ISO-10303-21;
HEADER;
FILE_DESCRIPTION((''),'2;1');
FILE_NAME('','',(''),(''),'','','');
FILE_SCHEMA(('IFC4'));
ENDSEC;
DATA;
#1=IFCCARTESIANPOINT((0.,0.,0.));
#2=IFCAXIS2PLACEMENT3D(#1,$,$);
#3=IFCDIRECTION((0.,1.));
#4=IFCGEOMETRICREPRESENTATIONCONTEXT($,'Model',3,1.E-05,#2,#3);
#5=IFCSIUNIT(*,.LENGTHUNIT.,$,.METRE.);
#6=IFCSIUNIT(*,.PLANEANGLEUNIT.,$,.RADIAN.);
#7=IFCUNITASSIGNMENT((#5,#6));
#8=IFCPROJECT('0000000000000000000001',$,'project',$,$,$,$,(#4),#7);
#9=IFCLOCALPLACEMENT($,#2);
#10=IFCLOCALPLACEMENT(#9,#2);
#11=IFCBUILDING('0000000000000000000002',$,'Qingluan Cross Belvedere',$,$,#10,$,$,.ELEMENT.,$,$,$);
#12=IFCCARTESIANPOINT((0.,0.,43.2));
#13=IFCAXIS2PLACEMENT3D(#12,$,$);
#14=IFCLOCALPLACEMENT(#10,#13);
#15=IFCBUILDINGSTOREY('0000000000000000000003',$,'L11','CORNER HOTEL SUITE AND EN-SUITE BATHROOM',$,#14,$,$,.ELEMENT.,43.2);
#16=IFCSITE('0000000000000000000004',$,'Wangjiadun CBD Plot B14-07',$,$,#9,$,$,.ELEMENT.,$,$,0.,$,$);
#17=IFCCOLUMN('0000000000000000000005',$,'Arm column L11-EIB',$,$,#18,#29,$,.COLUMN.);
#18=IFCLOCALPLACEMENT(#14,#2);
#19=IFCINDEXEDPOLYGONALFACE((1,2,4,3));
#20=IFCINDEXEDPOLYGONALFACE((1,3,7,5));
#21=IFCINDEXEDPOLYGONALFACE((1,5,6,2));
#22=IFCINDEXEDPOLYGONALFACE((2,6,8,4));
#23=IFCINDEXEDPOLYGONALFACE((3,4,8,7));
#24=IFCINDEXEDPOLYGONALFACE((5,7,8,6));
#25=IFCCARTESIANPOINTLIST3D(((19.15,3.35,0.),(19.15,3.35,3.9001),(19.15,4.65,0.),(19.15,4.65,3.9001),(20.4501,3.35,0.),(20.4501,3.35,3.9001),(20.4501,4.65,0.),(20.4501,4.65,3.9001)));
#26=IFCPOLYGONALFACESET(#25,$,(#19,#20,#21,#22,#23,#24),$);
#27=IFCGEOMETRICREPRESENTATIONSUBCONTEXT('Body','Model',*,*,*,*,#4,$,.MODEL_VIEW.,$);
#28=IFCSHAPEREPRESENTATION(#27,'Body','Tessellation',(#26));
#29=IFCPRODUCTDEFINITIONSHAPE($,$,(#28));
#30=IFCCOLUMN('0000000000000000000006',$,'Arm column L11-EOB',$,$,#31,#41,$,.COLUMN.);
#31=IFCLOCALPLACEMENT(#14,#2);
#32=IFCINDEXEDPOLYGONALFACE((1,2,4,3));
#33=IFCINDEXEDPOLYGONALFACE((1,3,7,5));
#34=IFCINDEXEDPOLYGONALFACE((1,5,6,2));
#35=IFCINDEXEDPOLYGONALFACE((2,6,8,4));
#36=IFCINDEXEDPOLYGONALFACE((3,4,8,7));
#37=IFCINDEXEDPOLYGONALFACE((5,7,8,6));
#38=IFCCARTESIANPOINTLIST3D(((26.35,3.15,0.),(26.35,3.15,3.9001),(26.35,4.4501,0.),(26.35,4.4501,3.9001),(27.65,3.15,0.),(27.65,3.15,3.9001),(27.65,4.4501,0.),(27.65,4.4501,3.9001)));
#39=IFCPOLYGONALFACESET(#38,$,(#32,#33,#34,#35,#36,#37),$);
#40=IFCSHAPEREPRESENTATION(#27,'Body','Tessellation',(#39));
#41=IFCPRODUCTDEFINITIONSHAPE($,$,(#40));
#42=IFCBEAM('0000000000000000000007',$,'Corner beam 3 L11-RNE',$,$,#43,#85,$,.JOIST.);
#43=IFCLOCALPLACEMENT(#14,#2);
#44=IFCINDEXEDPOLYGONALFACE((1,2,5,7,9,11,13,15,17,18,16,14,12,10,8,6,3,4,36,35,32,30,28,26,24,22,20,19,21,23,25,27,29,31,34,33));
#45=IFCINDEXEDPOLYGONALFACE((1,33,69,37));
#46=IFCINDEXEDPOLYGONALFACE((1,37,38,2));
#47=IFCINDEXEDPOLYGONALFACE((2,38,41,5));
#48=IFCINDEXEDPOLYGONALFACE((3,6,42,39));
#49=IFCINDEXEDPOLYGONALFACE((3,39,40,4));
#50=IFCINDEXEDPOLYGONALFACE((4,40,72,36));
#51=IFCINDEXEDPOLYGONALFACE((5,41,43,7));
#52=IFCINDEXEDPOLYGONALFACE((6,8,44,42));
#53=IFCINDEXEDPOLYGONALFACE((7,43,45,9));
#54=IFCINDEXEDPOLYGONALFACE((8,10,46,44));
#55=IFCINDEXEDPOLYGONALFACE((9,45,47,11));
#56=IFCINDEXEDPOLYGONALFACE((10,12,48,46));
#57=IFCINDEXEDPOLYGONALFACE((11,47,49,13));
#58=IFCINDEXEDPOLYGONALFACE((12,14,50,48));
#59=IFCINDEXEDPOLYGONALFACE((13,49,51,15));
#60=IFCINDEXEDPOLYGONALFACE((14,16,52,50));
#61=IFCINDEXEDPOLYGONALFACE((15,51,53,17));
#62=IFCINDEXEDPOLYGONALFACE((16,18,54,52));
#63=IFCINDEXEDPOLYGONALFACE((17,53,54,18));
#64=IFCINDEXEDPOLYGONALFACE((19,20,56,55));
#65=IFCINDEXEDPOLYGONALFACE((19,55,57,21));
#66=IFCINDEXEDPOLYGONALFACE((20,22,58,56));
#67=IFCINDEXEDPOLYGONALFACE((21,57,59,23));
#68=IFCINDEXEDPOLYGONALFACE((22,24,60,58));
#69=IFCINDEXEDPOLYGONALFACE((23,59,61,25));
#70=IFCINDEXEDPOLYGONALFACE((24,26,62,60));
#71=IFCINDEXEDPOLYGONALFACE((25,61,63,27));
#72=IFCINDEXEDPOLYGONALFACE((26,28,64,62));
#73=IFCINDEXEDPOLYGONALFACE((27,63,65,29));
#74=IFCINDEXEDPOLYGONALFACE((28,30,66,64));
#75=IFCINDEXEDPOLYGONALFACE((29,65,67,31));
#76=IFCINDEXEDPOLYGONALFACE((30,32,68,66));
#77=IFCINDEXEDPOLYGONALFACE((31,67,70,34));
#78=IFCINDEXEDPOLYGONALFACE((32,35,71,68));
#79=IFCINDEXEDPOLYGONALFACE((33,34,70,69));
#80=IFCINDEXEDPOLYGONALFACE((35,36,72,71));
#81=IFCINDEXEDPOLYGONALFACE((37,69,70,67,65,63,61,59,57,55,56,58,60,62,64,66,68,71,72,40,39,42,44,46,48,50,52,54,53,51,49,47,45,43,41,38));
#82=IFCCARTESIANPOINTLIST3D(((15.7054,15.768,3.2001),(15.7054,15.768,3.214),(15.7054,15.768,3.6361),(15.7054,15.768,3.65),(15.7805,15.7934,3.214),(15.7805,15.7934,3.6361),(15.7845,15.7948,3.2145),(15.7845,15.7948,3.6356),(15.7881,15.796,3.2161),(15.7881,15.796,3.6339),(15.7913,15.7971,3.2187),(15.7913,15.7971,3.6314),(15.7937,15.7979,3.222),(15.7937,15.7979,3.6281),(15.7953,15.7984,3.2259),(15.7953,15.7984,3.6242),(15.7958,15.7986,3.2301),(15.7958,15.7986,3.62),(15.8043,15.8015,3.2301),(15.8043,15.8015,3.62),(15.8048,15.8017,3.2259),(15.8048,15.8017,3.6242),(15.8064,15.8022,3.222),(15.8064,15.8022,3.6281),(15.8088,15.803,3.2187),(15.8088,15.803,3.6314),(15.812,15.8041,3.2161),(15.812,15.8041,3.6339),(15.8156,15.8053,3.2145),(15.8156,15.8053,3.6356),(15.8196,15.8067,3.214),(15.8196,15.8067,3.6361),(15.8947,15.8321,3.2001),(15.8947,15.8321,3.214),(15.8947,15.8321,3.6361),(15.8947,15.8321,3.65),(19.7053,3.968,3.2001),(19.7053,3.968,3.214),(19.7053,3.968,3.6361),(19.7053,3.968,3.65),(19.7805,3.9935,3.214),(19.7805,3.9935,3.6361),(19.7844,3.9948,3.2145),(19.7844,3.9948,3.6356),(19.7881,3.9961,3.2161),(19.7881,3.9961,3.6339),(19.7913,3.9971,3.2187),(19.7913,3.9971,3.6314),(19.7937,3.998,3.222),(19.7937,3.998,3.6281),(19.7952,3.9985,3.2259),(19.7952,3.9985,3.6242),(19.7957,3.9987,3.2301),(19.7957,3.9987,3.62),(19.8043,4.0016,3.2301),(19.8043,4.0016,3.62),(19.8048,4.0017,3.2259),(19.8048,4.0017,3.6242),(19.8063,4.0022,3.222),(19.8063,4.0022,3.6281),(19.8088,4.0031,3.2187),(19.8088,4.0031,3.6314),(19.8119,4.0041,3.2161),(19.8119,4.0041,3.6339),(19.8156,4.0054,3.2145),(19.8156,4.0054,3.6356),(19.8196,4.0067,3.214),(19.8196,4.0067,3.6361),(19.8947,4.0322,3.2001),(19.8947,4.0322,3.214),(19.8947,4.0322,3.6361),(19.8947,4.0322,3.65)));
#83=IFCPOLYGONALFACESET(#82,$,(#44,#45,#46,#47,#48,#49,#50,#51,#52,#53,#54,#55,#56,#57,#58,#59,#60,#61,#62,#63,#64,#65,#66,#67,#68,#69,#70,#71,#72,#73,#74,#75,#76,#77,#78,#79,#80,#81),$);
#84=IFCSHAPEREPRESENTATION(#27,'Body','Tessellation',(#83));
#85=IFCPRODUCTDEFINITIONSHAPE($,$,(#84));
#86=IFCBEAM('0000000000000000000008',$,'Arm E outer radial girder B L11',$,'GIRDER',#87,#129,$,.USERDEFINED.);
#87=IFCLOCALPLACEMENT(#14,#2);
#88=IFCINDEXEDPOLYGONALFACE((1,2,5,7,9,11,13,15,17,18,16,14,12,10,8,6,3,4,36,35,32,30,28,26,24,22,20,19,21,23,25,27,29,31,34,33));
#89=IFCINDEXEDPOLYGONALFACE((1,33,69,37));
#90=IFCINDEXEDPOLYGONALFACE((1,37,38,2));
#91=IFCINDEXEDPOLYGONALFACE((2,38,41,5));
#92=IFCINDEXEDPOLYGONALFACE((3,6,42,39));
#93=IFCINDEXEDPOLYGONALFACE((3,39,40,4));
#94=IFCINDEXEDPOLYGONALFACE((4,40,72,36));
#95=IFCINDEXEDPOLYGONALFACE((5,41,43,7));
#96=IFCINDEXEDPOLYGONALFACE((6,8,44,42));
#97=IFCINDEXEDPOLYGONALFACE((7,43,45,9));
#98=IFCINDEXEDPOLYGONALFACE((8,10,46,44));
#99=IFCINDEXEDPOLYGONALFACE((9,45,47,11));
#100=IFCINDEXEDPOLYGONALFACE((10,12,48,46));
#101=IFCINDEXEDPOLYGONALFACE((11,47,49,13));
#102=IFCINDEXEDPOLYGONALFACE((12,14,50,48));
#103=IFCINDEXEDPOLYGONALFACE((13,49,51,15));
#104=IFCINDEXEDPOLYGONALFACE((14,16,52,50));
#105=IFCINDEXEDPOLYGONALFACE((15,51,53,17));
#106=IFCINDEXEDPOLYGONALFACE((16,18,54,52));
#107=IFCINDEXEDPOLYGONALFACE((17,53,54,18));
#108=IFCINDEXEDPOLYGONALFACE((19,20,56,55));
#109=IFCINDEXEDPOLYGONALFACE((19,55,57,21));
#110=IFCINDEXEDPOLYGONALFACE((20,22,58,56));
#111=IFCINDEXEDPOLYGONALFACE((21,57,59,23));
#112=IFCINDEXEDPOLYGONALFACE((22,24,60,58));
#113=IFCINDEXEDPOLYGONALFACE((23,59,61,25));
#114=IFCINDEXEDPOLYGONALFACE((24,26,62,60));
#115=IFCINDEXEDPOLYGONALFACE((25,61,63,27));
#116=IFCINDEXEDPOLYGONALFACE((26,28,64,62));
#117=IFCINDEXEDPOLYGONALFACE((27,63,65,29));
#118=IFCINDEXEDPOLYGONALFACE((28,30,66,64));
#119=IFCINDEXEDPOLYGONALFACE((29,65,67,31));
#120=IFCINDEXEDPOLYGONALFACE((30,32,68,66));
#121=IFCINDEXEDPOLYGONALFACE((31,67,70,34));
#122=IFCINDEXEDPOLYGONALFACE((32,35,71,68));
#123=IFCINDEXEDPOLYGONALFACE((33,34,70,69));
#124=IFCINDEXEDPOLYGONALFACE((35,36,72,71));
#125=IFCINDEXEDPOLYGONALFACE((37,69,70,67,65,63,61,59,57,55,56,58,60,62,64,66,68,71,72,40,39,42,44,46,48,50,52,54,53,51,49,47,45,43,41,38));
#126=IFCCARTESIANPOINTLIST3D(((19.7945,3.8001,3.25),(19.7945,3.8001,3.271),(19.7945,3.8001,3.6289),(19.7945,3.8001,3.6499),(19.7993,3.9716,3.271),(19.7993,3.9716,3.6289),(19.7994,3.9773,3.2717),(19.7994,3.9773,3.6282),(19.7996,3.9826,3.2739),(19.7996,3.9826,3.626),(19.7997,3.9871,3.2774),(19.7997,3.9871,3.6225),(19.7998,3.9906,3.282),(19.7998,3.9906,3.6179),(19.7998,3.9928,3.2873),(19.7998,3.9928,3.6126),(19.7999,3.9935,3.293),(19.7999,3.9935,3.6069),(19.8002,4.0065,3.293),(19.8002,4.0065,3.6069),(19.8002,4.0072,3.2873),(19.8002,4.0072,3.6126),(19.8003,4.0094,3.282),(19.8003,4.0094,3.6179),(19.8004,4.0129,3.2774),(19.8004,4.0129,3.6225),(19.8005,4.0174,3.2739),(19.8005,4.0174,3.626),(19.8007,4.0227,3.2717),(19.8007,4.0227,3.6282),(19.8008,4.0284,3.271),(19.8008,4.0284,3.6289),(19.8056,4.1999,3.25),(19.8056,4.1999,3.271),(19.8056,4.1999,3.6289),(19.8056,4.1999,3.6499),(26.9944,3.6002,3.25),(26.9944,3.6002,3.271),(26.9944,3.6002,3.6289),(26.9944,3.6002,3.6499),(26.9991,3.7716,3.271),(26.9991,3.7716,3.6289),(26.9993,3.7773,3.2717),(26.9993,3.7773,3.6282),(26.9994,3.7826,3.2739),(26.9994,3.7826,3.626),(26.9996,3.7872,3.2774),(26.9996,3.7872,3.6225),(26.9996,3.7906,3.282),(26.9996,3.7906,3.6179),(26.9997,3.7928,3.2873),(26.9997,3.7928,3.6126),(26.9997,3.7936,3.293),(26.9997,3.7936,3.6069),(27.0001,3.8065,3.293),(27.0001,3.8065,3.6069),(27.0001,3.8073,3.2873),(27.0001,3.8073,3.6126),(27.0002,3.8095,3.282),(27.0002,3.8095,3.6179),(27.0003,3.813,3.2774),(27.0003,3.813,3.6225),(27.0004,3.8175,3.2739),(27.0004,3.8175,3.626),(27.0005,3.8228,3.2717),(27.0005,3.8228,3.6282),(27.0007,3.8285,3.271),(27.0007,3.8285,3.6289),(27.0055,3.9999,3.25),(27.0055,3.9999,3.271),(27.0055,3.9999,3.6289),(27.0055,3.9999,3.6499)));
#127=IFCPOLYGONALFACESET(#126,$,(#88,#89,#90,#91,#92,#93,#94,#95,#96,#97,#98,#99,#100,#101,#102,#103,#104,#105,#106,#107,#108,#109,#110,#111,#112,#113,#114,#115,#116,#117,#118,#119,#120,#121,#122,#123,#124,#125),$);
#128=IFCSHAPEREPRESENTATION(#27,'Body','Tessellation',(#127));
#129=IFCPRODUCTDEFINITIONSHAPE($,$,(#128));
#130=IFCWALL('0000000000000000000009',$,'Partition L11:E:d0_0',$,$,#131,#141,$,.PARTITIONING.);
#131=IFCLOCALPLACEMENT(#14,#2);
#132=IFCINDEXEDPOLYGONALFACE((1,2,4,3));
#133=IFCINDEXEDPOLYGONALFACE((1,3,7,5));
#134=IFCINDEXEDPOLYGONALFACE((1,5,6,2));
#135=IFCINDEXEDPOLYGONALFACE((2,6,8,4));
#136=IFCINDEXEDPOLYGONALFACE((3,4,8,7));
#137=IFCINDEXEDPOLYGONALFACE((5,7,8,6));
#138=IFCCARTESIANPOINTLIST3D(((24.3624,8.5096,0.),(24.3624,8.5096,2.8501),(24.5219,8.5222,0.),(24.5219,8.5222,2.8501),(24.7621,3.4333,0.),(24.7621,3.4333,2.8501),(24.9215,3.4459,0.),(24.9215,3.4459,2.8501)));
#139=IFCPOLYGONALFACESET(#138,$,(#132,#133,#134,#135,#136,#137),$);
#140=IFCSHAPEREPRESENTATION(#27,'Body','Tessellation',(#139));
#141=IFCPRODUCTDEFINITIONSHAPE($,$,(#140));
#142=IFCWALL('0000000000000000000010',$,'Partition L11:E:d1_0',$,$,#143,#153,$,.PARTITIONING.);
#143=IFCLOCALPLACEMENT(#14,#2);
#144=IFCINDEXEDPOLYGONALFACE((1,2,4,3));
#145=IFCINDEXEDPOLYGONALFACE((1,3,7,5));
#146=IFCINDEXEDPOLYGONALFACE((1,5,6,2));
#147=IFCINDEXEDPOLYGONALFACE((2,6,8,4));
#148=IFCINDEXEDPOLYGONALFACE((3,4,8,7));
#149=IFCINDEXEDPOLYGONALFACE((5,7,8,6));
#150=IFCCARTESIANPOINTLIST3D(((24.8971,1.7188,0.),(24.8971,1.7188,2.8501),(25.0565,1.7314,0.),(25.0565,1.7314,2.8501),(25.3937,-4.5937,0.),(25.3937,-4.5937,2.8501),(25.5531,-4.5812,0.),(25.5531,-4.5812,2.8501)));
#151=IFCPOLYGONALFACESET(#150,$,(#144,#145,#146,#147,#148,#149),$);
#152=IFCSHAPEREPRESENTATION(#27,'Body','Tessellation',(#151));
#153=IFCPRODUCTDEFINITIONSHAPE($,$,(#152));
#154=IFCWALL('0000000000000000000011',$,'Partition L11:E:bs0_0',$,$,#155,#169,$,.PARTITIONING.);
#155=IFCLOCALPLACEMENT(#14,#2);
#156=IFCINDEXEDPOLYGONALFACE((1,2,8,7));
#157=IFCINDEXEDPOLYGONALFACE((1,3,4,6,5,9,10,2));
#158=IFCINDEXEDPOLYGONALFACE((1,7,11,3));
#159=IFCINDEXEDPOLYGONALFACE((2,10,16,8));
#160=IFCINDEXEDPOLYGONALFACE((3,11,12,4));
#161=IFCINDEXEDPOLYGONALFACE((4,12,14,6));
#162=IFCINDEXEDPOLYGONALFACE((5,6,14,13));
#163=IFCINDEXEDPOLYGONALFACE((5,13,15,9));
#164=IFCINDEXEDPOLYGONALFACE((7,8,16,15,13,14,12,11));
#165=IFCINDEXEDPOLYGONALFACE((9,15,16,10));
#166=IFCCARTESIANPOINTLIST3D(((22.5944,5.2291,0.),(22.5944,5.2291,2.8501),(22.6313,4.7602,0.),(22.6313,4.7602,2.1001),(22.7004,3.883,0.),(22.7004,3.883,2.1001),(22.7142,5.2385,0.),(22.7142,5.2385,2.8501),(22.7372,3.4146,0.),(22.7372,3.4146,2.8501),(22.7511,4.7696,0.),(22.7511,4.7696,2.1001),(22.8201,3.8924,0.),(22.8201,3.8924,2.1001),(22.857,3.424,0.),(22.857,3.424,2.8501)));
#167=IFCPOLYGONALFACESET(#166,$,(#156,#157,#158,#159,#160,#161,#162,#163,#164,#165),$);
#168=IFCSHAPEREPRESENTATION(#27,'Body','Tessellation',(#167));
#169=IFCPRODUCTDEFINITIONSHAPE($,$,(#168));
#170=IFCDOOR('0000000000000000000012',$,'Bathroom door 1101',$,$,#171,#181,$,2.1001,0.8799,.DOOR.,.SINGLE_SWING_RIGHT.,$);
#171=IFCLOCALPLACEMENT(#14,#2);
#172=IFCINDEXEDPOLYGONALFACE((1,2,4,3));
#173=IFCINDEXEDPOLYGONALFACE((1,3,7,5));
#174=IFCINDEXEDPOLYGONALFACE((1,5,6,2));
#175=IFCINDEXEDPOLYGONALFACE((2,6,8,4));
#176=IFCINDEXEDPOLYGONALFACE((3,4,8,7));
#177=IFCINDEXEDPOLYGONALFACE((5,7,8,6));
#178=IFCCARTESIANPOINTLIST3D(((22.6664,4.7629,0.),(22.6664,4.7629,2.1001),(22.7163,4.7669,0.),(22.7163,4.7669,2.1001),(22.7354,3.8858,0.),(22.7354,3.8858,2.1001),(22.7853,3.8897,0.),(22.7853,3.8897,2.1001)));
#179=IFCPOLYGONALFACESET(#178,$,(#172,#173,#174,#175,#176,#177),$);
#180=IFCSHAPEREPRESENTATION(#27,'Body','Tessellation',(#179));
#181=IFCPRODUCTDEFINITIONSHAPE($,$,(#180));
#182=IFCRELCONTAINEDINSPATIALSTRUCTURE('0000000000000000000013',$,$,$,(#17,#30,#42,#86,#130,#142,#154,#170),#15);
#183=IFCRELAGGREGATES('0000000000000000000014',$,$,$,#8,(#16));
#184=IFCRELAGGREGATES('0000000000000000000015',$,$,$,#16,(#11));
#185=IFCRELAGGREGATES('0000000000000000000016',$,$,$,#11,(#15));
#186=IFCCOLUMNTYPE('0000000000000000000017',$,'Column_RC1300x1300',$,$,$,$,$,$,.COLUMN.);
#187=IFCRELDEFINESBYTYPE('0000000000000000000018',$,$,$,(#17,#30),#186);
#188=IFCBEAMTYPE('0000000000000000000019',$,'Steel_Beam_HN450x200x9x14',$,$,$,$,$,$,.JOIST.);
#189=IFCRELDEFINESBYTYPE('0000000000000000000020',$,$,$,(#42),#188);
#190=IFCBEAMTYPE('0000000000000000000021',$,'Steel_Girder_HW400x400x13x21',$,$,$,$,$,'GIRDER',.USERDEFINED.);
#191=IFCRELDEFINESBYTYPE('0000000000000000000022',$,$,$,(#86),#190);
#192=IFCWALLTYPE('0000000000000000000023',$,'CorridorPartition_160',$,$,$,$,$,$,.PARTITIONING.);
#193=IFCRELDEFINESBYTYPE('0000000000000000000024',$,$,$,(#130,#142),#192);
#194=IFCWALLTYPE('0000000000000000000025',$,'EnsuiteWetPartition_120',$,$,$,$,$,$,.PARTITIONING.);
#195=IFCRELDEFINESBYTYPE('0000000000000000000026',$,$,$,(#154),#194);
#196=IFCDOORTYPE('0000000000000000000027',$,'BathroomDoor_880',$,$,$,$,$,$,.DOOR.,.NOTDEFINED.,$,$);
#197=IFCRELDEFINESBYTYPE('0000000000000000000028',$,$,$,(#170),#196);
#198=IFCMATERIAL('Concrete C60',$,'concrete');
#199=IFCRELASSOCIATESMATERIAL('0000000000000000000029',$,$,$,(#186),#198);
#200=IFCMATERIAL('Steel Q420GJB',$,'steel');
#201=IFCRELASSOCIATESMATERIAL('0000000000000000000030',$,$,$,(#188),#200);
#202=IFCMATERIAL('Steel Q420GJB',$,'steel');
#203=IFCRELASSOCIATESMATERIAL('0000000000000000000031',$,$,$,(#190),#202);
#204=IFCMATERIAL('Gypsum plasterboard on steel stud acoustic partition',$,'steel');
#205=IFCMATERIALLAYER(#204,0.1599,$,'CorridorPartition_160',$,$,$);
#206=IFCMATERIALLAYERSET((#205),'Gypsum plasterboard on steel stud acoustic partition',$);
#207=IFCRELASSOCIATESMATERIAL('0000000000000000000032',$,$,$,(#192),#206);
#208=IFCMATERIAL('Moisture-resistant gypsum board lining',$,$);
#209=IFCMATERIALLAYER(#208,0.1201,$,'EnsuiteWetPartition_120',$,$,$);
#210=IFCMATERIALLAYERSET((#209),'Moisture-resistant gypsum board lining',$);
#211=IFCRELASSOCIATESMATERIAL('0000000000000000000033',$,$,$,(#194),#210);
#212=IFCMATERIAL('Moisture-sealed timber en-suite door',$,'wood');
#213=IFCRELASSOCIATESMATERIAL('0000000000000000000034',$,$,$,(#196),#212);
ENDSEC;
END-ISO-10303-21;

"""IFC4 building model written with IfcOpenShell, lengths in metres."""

from ifc_helpers import new_model, si_unit, direction, frame, frame_2d, origin, origin_2d, place, context, subcontext, project, spatial, rectangle, i_section, extrude, material, layer, layer_set, material_profile, profile_set, type_object, element, fill, save


model = new_model("IFC4")

# Units and contexts
model_context = context("Model", 3, precision=1e-05, world=origin(), true_north=direction((0.0, 1.0)))
body_context = subcontext(model_context, "Body", "Model", "MODEL_VIEW")
ifc_project = project(units=[si_unit("LENGTHUNIT", "METRE"), si_unit("PLANEANGLEUNIT", "RADIAN")], contexts=[model_context])

# Site, building, storey
site_placement = place(None, origin())
site = spatial("IfcSite", under=ifc_project, at=site_placement, Name="Wangjiadun CBD Plot B14-07", CompositionType="ELEMENT", RefElevation=0.0)
building_placement = place(site_placement, origin())
building = spatial("IfcBuilding", under=site, at=building_placement, Name="Qingluan Cross Belvedere", CompositionType="ELEMENT")
storey_placement = place(building_placement, frame((0.0, 0.0, 43.2)))
storey = spatial("IfcBuildingStorey", under=building, at=storey_placement, Name="L11", Description="CORNER HOTEL SUITE AND EN-SUITE BATHROOM", CompositionType="ELEMENT", Elevation=43.2)

# Columns
ifc_material_1 = material(Name="Concrete C60", Category="concrete")
ifc_material_profile_1 = material_profile(ifc_material_1, rectangle(XDim=1.3, YDim=1.3, at=origin_2d()), Name="RC1300x1300")
ifc_profile_set_1 = profile_set([ifc_material_profile_1], Name="Concrete C60")
column_type = type_object("IfcColumnType", Name="Column_RC1300x1300", PredefinedType="COLUMN", material=ifc_profile_set_1)
for number, where, z_axis, x_axis, name in (
    (1, (19.8, 4.0, 0.0), (0.0, 0.0, 1.0), (1.0, 0.0, 0.0), "Arm column L11-EIB"),
    (2, (27.0, 3.8, 0.0), (0.0, 0.0, 1.0), (1.0, 0.0, 0.0), "Arm column L11-EOB"),
):
    element("IfcColumn", number, at=place(storey_placement, frame(where, z_axis=z_axis, x_axis=x_axis)), inside=storey, type_object=column_type, Name=name, PredefinedType="COLUMN", context=body_context, shape_type="SweptSolid", body=[
        extrude(rectangle(XDim=1.3, YDim=1.3, at=origin_2d()), origin(), (0.0, 0.0, 1.0), 3.9001),
    ])

# Beams
ifc_material_2 = material(Name="Steel Q420GJB", Category="steel")
ifc_material_profile_2 = material_profile(ifc_material_2, i_section(OverallWidth=0.2, OverallDepth=0.45, WebThickness=0.009, FlangeThickness=0.0139, FilletRadius=0.0161, at=origin_2d()), Name="HN450x200x9x14")
ifc_profile_set_2 = profile_set([ifc_material_profile_2], Name="Steel Q420GJB")
beam_type_1 = type_object("IfcBeamType", Name="Steel_Beam_HN450x200x9x14", PredefinedType="JOIST", material=ifc_profile_set_2)
beam_1_placement = place(storey_placement, frame((15.8, 15.8, 3.425), z_axis=(0.321038, -0.947066, 0.0), x_axis=(0.947066, 0.321038, 0.0)))
element("IfcBeam", 3, at=beam_1_placement, inside=storey, type_object=beam_type_1, Name="Corner beam 3 L11-RNE", PredefinedType="JOIST", context=body_context, shape_type="SweptSolid", body=[
    extrude(i_section(OverallWidth=0.2, OverallDepth=0.45, WebThickness=0.009, FlangeThickness=0.0139, FilletRadius=0.0161, at=origin_2d()), origin(), (0.0, 0.0, 1.0), 12.4595),
])
ifc_material_3 = material(Name="Steel Q420GJB", Category="steel")
ifc_material_profile_3 = material_profile(ifc_material_3, i_section(OverallWidth=0.3999, OverallDepth=0.3999, WebThickness=0.0129, FlangeThickness=0.021, FilletRadius=0.022, at=origin_2d()), Name="HW400x400x13x21")
ifc_profile_set_3 = profile_set([ifc_material_profile_3], Name="Steel Q420GJB")
beam_type_2 = type_object("IfcBeamType", Name="Steel_Girder_HW400x400x13x21", ElementType="GIRDER", PredefinedType="USERDEFINED", material=ifc_profile_set_3)
beam_2_placement = place(storey_placement, frame((19.8, 4.0, 3.45), z_axis=(0.999615, -0.02776, 0.0), x_axis=(0.02776, 0.999615, 0.0)))
element("IfcBeam", 4, at=beam_2_placement, inside=storey, type_object=beam_type_2, Name="Arm E outer radial girder B L11", ObjectType="GIRDER", PredefinedType="USERDEFINED", context=body_context, shape_type="SweptSolid", body=[
    extrude(i_section(OverallWidth=0.3999, OverallDepth=0.3999, WebThickness=0.0129, FlangeThickness=0.021, FilletRadius=0.022, at=origin_2d()), origin(), (0.0, 0.0, 1.0), 7.2026),
])

# Walls
ifc_material_4 = material(Name="Gypsum plasterboard on steel stud acoustic partition", Category="steel")
ifc_layer_1 = layer(ifc_material_4, 0.1599, Name="CorridorPartition_160")
ifc_layer_set_1 = layer_set([ifc_layer_1], Name="Gypsum plasterboard on steel stud acoustic partition")
wall_type_1 = type_object("IfcWallType", Name="CorridorPartition_160", PredefinedType="PARTITIONING", material=ifc_layer_set_1)
wall_1_placement = place(storey_placement, frame((24.8418, 3.4397, 0.0), z_axis=(0.0, 0.0, 1.0), x_axis=(-0.078486, 0.996915, 0.0)))
element("IfcWall", 5, at=wall_1_placement, inside=storey, type_object=wall_type_1, Name="Partition L11:E:d0_0", PredefinedType="PARTITIONING", context=body_context, shape_type="SweptSolid", body=[
    extrude(rectangle(XDim=5.092, YDim=0.1599, at=frame_2d((2.5459, 0.0))), origin(), (0.0, 0.0, 1.0), 2.8501),
])
wall_2_placement = place(storey_placement, frame((24.9768, 1.7251, 0.0), z_axis=(0.0, 0.0, 1.0), x_axis=(0.078424, -0.99692, 0.0)))
element("IfcWall", 6, at=wall_2_placement, inside=storey, type_object=wall_type_1, Name="Partition L11:E:d1_0", PredefinedType="PARTITIONING", context=body_context, shape_type="SweptSolid", body=[
    extrude(rectangle(XDim=6.332, YDim=0.1599, at=frame_2d((3.166, 0.0))), origin(), (0.0, 0.0, 1.0), 2.8501),
])

# Wall, opening, door
ifc_material_5 = material(Name="Moisture-resistant gypsum board lining")
ifc_layer_2 = layer(ifc_material_5, 0.1201, Name="EnsuiteWetPartition_120")
ifc_layer_set_2 = layer_set([ifc_layer_2], Name="Moisture-resistant gypsum board lining")
wall_type_2 = type_object("IfcWallType", Name="EnsuiteWetPartition_120", PredefinedType="PARTITIONING", material=ifc_layer_set_2)
wall_3_placement = place(storey_placement, frame((22.7971, 3.4192, 0.0), z_axis=(0.0, 0.0, 1.0), x_axis=(-0.078471, 0.996916, 0.0)))
wall_3 = element("IfcWall", 7, at=wall_3_placement, inside=storey, type_object=wall_type_2, Name="Partition L11:E:bs0_0", PredefinedType="PARTITIONING", context=body_context, shape_type="SweptSolid", body=[
    extrude(rectangle(XDim=1.8201, YDim=0.1201, at=frame_2d((0.9102, 0.0))), origin(), (0.0, 0.0, 1.0), 2.8501),
])
opening_1_placement = place(wall_3_placement, frame((0.47, 0.0, 0.0)))
opening_1 = element("IfcOpeningElement", 8, at=opening_1_placement, cuts=wall_3, PredefinedType="OPENING", context=body_context, shape_type="SweptSolid", body=[
    extrude(rectangle(XDim=0.8799, YDim=2.1001, at=frame_2d((0.4399, 1.05))), frame((0.0, 0.0701, 0.0), z_axis=(0.0, -1.0, 0.0), x_axis=(1.0, 0.0, 0.0)), (0.0, 0.0, 1.0), 0.1401),
])
ifc_material_6 = material(Name="Moisture-sealed timber en-suite door", Category="wood")
door_type = type_object("IfcDoorType", Name="BathroomDoor_880", OperationType="NOTDEFINED", PredefinedType="DOOR", material=ifc_material_6)
door_1_placement = place(opening_1_placement, origin())
door_1 = element("IfcDoor", 9, at=door_1_placement, inside=storey, type_object=door_type, Name="Bathroom door 1101", OperationType="SINGLE_SWING_RIGHT", OverallHeight=2.1001, OverallWidth=0.8799, PredefinedType="DOOR", context=body_context, shape_type="SweptSolid", body=[
    extrude(rectangle(XDim=0.8799, YDim=2.1001, at=frame_2d((0.4399, 1.05))), frame((0.0, 0.0249, 0.0), z_axis=(0.0, -1.0, 0.0), x_axis=(1.0, 0.0, 0.0)), (0.0, 0.0, 1.0), 0.05),
])
fill(opening_1, door_1)

save(model, "model.ifc")
